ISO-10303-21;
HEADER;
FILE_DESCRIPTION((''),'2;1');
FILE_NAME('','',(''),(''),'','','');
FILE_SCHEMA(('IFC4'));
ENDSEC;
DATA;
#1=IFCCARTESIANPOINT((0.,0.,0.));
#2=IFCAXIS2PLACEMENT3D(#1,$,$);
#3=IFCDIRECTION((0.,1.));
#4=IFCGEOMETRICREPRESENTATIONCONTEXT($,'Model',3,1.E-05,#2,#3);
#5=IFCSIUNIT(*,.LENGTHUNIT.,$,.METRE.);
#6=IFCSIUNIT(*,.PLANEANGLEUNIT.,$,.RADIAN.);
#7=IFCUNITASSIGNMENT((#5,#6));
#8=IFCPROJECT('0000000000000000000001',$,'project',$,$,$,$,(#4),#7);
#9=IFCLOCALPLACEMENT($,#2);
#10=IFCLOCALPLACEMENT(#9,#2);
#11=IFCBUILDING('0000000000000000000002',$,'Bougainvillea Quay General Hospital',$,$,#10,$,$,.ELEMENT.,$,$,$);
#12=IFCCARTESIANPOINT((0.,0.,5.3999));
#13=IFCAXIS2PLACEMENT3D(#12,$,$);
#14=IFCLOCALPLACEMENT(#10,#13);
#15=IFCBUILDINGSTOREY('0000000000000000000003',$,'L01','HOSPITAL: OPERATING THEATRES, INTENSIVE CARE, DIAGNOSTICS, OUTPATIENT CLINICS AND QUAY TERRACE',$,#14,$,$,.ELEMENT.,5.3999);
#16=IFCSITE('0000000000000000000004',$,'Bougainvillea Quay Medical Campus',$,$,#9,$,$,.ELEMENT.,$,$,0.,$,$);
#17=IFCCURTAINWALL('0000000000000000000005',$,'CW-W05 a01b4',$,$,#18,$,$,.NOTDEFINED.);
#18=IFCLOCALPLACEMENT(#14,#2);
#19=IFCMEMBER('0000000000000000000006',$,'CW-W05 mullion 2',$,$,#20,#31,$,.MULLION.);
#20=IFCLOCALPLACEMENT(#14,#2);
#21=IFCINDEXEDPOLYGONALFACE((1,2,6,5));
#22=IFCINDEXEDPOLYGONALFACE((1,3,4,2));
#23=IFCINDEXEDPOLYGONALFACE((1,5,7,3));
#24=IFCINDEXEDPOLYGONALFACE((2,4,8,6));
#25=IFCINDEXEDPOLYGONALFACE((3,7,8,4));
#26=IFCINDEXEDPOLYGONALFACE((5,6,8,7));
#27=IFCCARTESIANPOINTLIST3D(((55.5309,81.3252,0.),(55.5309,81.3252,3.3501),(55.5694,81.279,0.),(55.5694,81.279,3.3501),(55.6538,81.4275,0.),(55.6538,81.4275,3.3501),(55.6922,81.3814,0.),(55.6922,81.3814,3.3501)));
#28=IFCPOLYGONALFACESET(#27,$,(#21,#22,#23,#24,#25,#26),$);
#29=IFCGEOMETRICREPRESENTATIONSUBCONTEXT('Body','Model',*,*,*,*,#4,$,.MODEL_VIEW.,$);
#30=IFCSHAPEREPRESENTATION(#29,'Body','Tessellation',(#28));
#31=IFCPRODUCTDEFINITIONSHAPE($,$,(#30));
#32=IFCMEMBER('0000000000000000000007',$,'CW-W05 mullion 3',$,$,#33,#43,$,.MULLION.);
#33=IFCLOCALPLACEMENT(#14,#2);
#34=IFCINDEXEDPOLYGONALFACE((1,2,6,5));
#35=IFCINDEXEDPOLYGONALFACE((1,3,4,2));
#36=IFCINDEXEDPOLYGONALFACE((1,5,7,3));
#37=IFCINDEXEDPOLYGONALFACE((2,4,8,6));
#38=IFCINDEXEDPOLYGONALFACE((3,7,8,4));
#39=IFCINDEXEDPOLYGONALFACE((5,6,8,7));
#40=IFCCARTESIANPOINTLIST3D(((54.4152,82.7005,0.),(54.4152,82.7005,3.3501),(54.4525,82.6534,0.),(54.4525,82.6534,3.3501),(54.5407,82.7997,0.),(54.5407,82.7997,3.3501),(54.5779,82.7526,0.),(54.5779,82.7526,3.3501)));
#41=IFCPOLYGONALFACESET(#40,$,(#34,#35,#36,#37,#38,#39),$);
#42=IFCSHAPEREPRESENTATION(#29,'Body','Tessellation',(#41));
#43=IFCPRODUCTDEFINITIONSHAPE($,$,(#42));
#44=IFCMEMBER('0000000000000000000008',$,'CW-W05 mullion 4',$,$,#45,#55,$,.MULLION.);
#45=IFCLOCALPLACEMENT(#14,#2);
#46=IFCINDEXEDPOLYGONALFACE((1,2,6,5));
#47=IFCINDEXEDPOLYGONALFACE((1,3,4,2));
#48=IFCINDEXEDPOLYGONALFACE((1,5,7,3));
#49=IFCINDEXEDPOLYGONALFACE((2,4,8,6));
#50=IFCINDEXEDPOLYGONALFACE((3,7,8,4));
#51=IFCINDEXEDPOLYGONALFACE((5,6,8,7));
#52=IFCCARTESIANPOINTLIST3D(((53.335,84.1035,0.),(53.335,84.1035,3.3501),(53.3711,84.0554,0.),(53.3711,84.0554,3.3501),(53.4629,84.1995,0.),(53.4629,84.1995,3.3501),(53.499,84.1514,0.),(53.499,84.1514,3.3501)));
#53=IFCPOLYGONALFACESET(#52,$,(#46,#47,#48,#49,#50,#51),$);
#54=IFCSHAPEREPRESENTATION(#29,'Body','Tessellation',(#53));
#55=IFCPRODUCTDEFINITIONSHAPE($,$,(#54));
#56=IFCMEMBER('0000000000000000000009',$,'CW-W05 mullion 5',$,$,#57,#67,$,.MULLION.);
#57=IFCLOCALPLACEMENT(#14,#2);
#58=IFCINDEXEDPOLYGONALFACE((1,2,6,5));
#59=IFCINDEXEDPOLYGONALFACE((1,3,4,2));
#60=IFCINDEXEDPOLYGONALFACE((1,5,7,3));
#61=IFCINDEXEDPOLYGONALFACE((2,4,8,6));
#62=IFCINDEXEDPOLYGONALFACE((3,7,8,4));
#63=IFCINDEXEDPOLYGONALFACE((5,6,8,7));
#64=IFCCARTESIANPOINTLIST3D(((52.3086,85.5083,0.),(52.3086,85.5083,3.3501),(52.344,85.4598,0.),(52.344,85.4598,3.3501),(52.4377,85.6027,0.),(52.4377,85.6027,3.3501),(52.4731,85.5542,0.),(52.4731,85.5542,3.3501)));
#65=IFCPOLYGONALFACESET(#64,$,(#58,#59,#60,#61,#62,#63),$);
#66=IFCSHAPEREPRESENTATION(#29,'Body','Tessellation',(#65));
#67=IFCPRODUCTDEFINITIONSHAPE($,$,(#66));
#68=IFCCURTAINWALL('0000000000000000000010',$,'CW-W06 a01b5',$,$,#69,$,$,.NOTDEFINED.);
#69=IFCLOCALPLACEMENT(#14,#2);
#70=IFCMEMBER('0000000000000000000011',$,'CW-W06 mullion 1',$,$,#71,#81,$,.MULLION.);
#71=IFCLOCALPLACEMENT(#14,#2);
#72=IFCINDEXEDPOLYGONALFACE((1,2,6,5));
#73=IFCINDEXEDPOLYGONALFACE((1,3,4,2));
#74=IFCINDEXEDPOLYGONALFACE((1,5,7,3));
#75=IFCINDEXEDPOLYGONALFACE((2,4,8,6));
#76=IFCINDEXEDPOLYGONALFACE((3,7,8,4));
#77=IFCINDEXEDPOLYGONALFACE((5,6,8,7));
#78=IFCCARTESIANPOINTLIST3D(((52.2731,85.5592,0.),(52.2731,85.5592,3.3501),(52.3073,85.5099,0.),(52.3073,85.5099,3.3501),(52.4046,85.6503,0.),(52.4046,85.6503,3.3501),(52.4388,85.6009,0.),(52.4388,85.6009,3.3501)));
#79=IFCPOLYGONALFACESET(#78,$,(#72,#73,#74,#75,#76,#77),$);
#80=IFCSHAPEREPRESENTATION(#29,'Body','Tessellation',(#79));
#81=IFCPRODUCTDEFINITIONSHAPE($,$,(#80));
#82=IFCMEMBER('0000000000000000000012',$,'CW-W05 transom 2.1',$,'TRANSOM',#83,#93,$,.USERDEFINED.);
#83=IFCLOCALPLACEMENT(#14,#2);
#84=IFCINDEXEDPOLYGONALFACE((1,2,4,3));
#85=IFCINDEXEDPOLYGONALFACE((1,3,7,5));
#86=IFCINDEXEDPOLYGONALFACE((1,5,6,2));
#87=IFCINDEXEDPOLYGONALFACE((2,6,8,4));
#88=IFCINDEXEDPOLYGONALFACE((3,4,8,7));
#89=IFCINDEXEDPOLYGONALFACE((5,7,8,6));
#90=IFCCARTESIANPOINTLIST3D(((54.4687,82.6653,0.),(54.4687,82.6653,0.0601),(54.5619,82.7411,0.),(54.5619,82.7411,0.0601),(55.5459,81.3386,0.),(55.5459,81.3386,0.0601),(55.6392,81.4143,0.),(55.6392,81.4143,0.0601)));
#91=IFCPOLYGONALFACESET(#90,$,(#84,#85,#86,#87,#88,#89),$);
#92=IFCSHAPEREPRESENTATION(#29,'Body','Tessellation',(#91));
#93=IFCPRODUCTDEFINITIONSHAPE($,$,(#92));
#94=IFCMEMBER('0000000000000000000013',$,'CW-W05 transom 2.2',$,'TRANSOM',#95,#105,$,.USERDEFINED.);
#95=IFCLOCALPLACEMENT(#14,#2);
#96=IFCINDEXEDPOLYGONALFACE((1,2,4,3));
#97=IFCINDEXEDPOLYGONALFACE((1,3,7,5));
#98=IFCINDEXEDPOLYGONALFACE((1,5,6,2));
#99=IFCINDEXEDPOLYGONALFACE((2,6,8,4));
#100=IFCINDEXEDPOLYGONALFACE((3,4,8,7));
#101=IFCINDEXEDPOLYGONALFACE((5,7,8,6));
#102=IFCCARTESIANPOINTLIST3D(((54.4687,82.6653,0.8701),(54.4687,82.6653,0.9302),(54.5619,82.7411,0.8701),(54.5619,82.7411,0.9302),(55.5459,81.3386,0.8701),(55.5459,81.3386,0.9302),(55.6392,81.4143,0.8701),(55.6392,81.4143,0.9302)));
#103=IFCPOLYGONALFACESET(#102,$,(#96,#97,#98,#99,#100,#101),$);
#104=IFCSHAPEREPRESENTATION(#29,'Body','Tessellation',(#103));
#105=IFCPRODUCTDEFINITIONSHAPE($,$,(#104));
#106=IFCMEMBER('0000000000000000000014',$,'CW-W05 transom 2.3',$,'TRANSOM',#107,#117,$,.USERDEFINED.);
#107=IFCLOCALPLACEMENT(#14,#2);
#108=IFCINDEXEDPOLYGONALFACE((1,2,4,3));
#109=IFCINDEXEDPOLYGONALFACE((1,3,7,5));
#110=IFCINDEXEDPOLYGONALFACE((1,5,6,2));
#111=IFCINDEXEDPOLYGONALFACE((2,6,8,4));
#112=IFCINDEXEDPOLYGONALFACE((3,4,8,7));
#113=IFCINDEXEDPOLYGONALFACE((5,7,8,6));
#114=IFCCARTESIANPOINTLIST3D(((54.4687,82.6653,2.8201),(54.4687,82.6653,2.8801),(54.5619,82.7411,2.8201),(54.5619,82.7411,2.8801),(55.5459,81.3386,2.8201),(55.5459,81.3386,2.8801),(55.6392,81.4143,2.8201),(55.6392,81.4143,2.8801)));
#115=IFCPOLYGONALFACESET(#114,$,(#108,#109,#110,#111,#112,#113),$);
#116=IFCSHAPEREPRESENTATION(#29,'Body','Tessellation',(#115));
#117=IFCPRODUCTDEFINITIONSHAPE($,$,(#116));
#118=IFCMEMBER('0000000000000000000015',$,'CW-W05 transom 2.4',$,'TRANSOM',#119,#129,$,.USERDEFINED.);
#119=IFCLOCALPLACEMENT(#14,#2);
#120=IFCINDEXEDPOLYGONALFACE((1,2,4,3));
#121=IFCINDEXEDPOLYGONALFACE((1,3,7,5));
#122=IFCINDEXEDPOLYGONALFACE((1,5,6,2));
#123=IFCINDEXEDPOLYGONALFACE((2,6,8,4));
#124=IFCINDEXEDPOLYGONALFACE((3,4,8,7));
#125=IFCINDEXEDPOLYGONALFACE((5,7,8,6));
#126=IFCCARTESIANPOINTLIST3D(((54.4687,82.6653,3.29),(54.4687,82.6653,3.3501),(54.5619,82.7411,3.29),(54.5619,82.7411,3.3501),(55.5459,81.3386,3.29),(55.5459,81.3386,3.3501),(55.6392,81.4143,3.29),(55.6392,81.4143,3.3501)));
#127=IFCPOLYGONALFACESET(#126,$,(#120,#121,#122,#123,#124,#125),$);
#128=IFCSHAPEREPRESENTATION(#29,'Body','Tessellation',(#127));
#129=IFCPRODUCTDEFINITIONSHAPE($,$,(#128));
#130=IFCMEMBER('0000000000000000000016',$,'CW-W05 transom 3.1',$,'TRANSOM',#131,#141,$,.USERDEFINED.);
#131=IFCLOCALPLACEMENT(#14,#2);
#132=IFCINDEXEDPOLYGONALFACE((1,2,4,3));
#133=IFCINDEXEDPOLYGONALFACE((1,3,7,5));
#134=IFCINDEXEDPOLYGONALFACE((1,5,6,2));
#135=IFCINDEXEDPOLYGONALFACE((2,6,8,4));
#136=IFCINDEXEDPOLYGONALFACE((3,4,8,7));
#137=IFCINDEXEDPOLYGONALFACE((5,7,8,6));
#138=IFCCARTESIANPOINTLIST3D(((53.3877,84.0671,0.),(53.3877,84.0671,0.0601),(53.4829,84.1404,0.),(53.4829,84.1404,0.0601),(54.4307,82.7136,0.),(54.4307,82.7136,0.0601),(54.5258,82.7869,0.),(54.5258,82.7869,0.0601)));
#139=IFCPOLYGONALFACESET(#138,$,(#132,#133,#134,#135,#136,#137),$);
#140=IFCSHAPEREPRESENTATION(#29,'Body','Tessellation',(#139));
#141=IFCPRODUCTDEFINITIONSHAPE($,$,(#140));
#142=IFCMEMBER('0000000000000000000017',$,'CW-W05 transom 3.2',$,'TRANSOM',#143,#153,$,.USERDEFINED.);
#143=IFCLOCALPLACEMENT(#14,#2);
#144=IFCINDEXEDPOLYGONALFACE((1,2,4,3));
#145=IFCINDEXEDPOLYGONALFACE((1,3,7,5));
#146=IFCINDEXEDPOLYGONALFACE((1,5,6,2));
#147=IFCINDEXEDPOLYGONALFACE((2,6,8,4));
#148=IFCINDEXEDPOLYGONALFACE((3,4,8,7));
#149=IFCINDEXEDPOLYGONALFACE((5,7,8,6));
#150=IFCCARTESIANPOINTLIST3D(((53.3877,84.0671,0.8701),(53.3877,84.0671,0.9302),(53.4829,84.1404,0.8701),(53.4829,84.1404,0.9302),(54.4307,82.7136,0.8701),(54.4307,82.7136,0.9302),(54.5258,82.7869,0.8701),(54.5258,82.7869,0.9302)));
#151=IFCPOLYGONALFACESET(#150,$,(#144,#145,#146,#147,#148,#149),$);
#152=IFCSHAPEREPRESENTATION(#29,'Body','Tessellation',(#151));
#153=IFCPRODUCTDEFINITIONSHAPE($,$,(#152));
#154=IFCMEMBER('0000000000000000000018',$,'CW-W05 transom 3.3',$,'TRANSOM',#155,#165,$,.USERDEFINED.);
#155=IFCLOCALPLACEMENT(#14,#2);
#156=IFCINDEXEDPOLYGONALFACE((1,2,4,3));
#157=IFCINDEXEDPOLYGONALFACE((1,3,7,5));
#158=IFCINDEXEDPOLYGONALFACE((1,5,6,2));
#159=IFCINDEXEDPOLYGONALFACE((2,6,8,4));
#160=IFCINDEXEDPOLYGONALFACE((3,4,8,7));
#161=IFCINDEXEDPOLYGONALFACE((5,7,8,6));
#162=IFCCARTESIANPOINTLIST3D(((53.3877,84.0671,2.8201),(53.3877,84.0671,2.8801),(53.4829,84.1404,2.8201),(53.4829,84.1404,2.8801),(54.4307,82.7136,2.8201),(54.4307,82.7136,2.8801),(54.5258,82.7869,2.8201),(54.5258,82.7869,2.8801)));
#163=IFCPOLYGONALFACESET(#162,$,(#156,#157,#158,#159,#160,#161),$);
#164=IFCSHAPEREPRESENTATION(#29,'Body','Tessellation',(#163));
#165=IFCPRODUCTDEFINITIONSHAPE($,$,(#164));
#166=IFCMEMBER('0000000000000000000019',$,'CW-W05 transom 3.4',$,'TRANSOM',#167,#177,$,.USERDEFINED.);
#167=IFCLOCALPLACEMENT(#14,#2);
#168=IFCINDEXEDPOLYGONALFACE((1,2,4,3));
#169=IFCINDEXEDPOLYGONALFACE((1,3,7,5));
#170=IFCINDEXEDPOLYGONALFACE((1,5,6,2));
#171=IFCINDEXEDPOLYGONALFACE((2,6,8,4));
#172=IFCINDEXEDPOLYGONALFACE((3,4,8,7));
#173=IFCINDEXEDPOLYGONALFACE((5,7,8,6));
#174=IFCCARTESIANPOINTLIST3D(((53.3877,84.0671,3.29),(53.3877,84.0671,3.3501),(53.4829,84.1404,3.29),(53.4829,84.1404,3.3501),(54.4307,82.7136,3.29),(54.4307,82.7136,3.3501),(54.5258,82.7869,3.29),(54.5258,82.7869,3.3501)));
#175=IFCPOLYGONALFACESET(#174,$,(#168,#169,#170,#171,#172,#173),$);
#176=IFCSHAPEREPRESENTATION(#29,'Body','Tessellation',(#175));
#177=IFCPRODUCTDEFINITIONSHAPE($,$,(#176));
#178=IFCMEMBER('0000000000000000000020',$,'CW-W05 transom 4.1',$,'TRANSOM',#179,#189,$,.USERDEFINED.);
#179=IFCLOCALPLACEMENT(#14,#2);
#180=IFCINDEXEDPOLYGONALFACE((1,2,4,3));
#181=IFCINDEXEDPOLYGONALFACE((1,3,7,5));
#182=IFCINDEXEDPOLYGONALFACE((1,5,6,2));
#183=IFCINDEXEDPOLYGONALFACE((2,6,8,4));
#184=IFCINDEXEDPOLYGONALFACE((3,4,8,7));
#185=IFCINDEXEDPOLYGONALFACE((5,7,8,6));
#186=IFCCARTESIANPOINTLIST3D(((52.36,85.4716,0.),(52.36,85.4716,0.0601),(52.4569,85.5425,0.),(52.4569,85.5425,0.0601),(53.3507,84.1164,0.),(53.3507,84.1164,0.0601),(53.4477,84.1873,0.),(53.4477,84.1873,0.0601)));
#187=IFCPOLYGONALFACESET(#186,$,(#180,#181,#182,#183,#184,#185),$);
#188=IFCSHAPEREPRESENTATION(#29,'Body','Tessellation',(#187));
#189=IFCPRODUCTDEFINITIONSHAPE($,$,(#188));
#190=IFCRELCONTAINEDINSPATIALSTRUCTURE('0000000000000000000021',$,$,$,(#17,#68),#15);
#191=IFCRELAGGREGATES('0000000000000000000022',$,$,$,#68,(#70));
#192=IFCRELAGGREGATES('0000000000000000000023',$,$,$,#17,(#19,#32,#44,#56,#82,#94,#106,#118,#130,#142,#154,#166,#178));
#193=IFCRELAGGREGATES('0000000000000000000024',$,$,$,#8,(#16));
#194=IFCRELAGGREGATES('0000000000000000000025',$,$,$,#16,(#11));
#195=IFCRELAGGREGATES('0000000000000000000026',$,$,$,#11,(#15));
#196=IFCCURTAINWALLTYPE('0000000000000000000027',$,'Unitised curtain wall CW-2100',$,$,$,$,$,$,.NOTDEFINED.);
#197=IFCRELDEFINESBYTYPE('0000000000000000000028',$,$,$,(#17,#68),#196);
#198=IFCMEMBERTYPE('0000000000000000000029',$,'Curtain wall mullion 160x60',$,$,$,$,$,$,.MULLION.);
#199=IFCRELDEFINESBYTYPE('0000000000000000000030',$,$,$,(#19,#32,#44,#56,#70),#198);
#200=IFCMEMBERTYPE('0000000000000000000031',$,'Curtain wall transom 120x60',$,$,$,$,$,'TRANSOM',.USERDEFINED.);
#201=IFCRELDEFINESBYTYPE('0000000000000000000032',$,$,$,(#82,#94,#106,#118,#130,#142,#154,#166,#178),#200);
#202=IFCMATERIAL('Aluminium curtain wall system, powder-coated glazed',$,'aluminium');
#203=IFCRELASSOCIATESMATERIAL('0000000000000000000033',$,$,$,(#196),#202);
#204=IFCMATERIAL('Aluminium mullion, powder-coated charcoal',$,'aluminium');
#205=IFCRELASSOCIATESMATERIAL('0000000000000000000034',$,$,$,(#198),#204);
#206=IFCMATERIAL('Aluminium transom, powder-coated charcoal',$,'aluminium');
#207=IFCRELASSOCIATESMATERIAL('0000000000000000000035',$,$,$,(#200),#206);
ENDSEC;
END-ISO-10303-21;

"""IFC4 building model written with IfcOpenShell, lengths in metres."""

from ifc_helpers import new_model, si_unit, direction, frame, origin, origin_2d, place, context, subcontext, project, spatial, rectangle, extrude, material, material_profile, profile_set, type_object, element, aggregate, save


model = new_model("IFC4")

# Units and contexts
model_context = context("Model", 3, precision=1e-05, world=origin(), true_north=direction((0.0, 1.0)))
body_context = subcontext(model_context, "Body", "Model", "MODEL_VIEW")
ifc_project = project(units=[si_unit("LENGTHUNIT", "METRE"), si_unit("PLANEANGLEUNIT", "RADIAN")], contexts=[model_context])

# Site, building, storey
site_placement = place(None, origin())
site = spatial("IfcSite", under=ifc_project, at=site_placement, Name="Bougainvillea Quay Medical Campus", CompositionType="ELEMENT", RefElevation=0.0)
building_placement = place(site_placement, origin())
building = spatial("IfcBuilding", under=site, at=building_placement, Name="Bougainvillea Quay General Hospital", CompositionType="ELEMENT")
storey_placement = place(building_placement, frame((0.0, 0.0, 5.3999)))
storey = spatial("IfcBuildingStorey", under=building, at=storey_placement, Name="L01", Description="HOSPITAL: OPERATING THEATRES, INTENSIVE CARE, DIAGNOSTICS, OUTPATIENT CLINICS AND QUAY TERRACE", CompositionType="ELEMENT", Elevation=5.3999)

# Curtain wall, members
ifc_material_1 = material(Name="Aluminium curtain wall system, powder-coated glazed", Category="aluminium")
curtain_wall_type = type_object("IfcCurtainWallType", Name="Unitised curtain wall CW-2100", PredefinedType="NOTDEFINED", material=ifc_material_1)
curtain_wall_1_placement = place(storey_placement, origin())
curtain_wall_1 = element("IfcCurtainWall", 1, at=curtain_wall_1_placement, inside=storey, type_object=curtain_wall_type, Name="CW-W05 a01b4", PredefinedType="NOTDEFINED")
ifc_material_2 = material(Name="Aluminium mullion, powder-coated charcoal", Category="aluminium")
ifc_material_profile_1 = material_profile(ifc_material_2, rectangle(XDim=0.1599, YDim=0.0601, at=origin_2d()))
ifc_profile_set_1 = profile_set([ifc_material_profile_1], Name="Aluminium mullion, powder-coated charcoal")
member_type_1 = type_object("IfcMemberType", Name="Curtain wall mullion 160x60", PredefinedType="MULLION", material=ifc_profile_set_1)
member_1_placement = place(storey_placement, frame((55.6116, 81.3533, 0.0), z_axis=(0.0, 0.0, 1.0), x_axis=(-0.768295, -0.640096, 0.0)))
member_1 = element("IfcMember", 2, at=member_1_placement, type_object=member_type_1, Name="CW-W05 mullion 2", PredefinedType="MULLION", context=body_context, shape_type="SweptSolid", body=[
    extrude(rectangle(XDim=0.1599, YDim=0.0601, at=origin_2d()), origin(), (0.0, 0.0, 1.0), 3.3501),
])
member_2_placement = place(storey_placement, frame((54.4966, 82.7266, 0.0), z_axis=(0.0, 0.0, 1.0), x_axis=(-0.784279, -0.620409, 0.0)))
member_2 = element("IfcMember", 3, at=member_2_placement, type_object=member_type_1, Name="CW-W05 mullion 3", PredefinedType="MULLION", context=body_context, shape_type="SweptSolid", body=[
    extrude(rectangle(XDim=0.1599, YDim=0.0601, at=origin_2d()), origin(), (0.0, 0.0, 1.0), 3.3501),
])
member_3_placement = place(storey_placement, frame((53.417, 84.1274, 0.0), z_axis=(0.0, 0.0, 1.0), x_axis=(-0.799758, -0.600323, 0.0)))
member_3 = element("IfcMember", 4, at=member_3_placement, type_object=member_type_1, Name="CW-W05 mullion 4", PredefinedType="MULLION", context=body_context, shape_type="SweptSolid", body=[
    extrude(rectangle(XDim=0.1599, YDim=0.0601, at=origin_2d()), origin(), (0.0, 0.0, 1.0), 3.3501),
])
member_4_placement = place(storey_placement, frame((52.3909, 85.5312, 0.0), z_axis=(0.0, 0.0, 1.0), x_axis=(-0.807305, -0.590134, 0.0)))
member_4 = element("IfcMember", 5, at=member_4_placement, type_object=member_type_1, Name="CW-W05 mullion 5", PredefinedType="MULLION", context=body_context, shape_type="SweptSolid", body=[
    extrude(rectangle(XDim=0.1599, YDim=0.0601, at=origin_2d()), origin(), (0.0, 0.0, 1.0), 3.3501),
])

# Curtain wall, member
curtain_wall_2_placement = place(storey_placement, origin())
curtain_wall_2 = element("IfcCurtainWall", 6, at=curtain_wall_2_placement, inside=storey, type_object=curtain_wall_type, Name="CW-W06 a01b5", PredefinedType="NOTDEFINED")
member_5_placement = place(storey_placement, frame((52.356, 85.5801, 0.0), z_axis=(0.0, 0.0, 1.0), x_axis=(-0.82201, -0.569473, 0.0)))
member_5 = element("IfcMember", 7, at=member_5_placement, type_object=member_type_1, Name="CW-W06 mullion 1", PredefinedType="MULLION", context=body_context, shape_type="SweptSolid", body=[
    extrude(rectangle(XDim=0.1599, YDim=0.0601, at=origin_2d()), origin(), (0.0, 0.0, 1.0), 3.3501),
])

# Members
ifc_material_3 = material(Name="Aluminium transom, powder-coated charcoal", Category="aluminium")
ifc_material_profile_2 = material_profile(ifc_material_3, rectangle(XDim=0.1201, YDim=0.0601, at=origin_2d()))
ifc_profile_set_2 = profile_set([ifc_material_profile_2], Name="Aluminium transom, powder-coated charcoal")
member_type_2 = type_object("IfcMemberType", Name="Curtain wall transom 120x60", ElementType="TRANSOM", PredefinedType="USERDEFINED", material=ifc_profile_set_2)
member_6_placement = place(storey_placement, frame((55.5925, 81.3765, 0.03), z_axis=(-0.630324, 0.776332, 0.0), x_axis=(-0.776332, -0.630324, 0.0)))
member_6 = element("IfcMember", 8, at=member_6_placement, type_object=member_type_2, Name="CW-W05 transom 2.1", ObjectType="TRANSOM", PredefinedType="USERDEFINED", context=body_context, shape_type="SweptSolid", body=[
    extrude(rectangle(XDim=0.1201, YDim=0.0601, at=origin_2d()), origin(), (0.0, 0.0, 1.0), 1.709),
])
member_7_placement = place(storey_placement, frame((55.5925, 81.3765, 0.9001), z_axis=(-0.630324, 0.776332, 0.0), x_axis=(-0.776332, -0.630324, 0.0)))
member_7 = element("IfcMember", 9, at=member_7_placement, type_object=member_type_2, Name="CW-W05 transom 2.2", ObjectType="TRANSOM", PredefinedType="USERDEFINED", context=body_context, shape_type="SweptSolid", body=[
    extrude(rectangle(XDim=0.1201, YDim=0.0601, at=origin_2d()), origin(), (0.0, 0.0, 1.0), 1.709),
])
member_8_placement = place(storey_placement, frame((55.5925, 81.3765, 2.8501), z_axis=(-0.630324, 0.776332, 0.0), x_axis=(-0.776332, -0.630324, 0.0)))
member_8 = element("IfcMember", 10, at=member_8_placement, type_object=member_type_2, Name="CW-W05 transom 2.3", ObjectType="TRANSOM", PredefinedType="USERDEFINED", context=body_context, shape_type="SweptSolid", body=[
    extrude(rectangle(XDim=0.1201, YDim=0.0601, at=origin_2d()), origin(), (0.0, 0.0, 1.0), 1.709),
])
member_9_placement = place(storey_placement, frame((55.5925, 81.3765, 3.3201), z_axis=(-0.630324, 0.776332, 0.0), x_axis=(-0.776332, -0.630324, 0.0)))
member_9 = element("IfcMember", 11, at=member_9_placement, type_object=member_type_2, Name="CW-W05 transom 2.4", ObjectType="TRANSOM", PredefinedType="USERDEFINED", context=body_context, shape_type="SweptSolid", body=[
    extrude(rectangle(XDim=0.1201, YDim=0.0601, at=origin_2d()), origin(), (0.0, 0.0, 1.0), 1.709),
])
member_10_placement = place(storey_placement, frame((54.4783, 82.7502, 0.03), z_axis=(-0.610373, 0.792114, 0.0), x_axis=(-0.792114, -0.610373, 0.0)))
member_10 = element("IfcMember", 12, at=member_10_placement, type_object=member_type_2, Name="CW-W05 transom 3.1", ObjectType="TRANSOM", PredefinedType="USERDEFINED", context=body_context, shape_type="SweptSolid", body=[
    extrude(rectangle(XDim=0.1201, YDim=0.0601, at=origin_2d()), origin(), (0.0, 0.0, 1.0), 1.7087),
])
member_11_placement = place(storey_placement, frame((54.4783, 82.7502, 0.9001), z_axis=(-0.610373, 0.792114, 0.0), x_axis=(-0.792114, -0.610373, 0.0)))
member_11 = element("IfcMember", 13, at=member_11_placement, type_object=member_type_2, Name="CW-W05 transom 3.2", ObjectType="TRANSOM", PredefinedType="USERDEFINED", context=body_context, shape_type="SweptSolid", body=[
    extrude(rectangle(XDim=0.1201, YDim=0.0601, at=origin_2d()), origin(), (0.0, 0.0, 1.0), 1.7087),
])
member_12_placement = place(storey_placement, frame((54.4783, 82.7502, 2.8501), z_axis=(-0.610373, 0.792114, 0.0), x_axis=(-0.792114, -0.610373, 0.0)))
member_12 = element("IfcMember", 14, at=member_12_placement, type_object=member_type_2, Name="CW-W05 transom 3.3", ObjectType="TRANSOM", PredefinedType="USERDEFINED", context=body_context, shape_type="SweptSolid", body=[
    extrude(rectangle(XDim=0.1201, YDim=0.0601, at=origin_2d()), origin(), (0.0, 0.0, 1.0), 1.7087),
])
member_13_placement = place(storey_placement, frame((54.4783, 82.7502, 3.3201), z_axis=(-0.610373, 0.792114, 0.0), x_axis=(-0.792114, -0.610373, 0.0)))
member_13 = element("IfcMember", 15, at=member_13_placement, type_object=member_type_2, Name="CW-W05 transom 3.4", ObjectType="TRANSOM", PredefinedType="USERDEFINED", context=body_context, shape_type="SweptSolid", body=[
    extrude(rectangle(XDim=0.1201, YDim=0.0601, at=origin_2d()), origin(), (0.0, 0.0, 1.0), 1.7087),
])
member_14_placement = place(storey_placement, frame((53.3992, 84.1519, 0.03), z_axis=(-0.590159, 0.807287, 0.0), x_axis=(-0.807287, -0.590159, 0.0)))
member_14 = element("IfcMember", 16, at=member_14_placement, type_object=member_type_2, Name="CW-W05 transom 4.1", ObjectType="TRANSOM", PredefinedType="USERDEFINED", context=body_context, shape_type="SweptSolid", body=[
    extrude(rectangle(XDim=0.1201, YDim=0.0601, at=origin_2d()), origin(), (0.0, 0.0, 1.0), 1.6787),
])
aggregate(curtain_wall_2, [member_5])

aggregate(curtain_wall_1, [member_1, member_2, member_3, member_4, member_6, member_7, member_8, member_9, member_10, member_11, member_12, member_13, member_14])

save(model, "model.ifc")
